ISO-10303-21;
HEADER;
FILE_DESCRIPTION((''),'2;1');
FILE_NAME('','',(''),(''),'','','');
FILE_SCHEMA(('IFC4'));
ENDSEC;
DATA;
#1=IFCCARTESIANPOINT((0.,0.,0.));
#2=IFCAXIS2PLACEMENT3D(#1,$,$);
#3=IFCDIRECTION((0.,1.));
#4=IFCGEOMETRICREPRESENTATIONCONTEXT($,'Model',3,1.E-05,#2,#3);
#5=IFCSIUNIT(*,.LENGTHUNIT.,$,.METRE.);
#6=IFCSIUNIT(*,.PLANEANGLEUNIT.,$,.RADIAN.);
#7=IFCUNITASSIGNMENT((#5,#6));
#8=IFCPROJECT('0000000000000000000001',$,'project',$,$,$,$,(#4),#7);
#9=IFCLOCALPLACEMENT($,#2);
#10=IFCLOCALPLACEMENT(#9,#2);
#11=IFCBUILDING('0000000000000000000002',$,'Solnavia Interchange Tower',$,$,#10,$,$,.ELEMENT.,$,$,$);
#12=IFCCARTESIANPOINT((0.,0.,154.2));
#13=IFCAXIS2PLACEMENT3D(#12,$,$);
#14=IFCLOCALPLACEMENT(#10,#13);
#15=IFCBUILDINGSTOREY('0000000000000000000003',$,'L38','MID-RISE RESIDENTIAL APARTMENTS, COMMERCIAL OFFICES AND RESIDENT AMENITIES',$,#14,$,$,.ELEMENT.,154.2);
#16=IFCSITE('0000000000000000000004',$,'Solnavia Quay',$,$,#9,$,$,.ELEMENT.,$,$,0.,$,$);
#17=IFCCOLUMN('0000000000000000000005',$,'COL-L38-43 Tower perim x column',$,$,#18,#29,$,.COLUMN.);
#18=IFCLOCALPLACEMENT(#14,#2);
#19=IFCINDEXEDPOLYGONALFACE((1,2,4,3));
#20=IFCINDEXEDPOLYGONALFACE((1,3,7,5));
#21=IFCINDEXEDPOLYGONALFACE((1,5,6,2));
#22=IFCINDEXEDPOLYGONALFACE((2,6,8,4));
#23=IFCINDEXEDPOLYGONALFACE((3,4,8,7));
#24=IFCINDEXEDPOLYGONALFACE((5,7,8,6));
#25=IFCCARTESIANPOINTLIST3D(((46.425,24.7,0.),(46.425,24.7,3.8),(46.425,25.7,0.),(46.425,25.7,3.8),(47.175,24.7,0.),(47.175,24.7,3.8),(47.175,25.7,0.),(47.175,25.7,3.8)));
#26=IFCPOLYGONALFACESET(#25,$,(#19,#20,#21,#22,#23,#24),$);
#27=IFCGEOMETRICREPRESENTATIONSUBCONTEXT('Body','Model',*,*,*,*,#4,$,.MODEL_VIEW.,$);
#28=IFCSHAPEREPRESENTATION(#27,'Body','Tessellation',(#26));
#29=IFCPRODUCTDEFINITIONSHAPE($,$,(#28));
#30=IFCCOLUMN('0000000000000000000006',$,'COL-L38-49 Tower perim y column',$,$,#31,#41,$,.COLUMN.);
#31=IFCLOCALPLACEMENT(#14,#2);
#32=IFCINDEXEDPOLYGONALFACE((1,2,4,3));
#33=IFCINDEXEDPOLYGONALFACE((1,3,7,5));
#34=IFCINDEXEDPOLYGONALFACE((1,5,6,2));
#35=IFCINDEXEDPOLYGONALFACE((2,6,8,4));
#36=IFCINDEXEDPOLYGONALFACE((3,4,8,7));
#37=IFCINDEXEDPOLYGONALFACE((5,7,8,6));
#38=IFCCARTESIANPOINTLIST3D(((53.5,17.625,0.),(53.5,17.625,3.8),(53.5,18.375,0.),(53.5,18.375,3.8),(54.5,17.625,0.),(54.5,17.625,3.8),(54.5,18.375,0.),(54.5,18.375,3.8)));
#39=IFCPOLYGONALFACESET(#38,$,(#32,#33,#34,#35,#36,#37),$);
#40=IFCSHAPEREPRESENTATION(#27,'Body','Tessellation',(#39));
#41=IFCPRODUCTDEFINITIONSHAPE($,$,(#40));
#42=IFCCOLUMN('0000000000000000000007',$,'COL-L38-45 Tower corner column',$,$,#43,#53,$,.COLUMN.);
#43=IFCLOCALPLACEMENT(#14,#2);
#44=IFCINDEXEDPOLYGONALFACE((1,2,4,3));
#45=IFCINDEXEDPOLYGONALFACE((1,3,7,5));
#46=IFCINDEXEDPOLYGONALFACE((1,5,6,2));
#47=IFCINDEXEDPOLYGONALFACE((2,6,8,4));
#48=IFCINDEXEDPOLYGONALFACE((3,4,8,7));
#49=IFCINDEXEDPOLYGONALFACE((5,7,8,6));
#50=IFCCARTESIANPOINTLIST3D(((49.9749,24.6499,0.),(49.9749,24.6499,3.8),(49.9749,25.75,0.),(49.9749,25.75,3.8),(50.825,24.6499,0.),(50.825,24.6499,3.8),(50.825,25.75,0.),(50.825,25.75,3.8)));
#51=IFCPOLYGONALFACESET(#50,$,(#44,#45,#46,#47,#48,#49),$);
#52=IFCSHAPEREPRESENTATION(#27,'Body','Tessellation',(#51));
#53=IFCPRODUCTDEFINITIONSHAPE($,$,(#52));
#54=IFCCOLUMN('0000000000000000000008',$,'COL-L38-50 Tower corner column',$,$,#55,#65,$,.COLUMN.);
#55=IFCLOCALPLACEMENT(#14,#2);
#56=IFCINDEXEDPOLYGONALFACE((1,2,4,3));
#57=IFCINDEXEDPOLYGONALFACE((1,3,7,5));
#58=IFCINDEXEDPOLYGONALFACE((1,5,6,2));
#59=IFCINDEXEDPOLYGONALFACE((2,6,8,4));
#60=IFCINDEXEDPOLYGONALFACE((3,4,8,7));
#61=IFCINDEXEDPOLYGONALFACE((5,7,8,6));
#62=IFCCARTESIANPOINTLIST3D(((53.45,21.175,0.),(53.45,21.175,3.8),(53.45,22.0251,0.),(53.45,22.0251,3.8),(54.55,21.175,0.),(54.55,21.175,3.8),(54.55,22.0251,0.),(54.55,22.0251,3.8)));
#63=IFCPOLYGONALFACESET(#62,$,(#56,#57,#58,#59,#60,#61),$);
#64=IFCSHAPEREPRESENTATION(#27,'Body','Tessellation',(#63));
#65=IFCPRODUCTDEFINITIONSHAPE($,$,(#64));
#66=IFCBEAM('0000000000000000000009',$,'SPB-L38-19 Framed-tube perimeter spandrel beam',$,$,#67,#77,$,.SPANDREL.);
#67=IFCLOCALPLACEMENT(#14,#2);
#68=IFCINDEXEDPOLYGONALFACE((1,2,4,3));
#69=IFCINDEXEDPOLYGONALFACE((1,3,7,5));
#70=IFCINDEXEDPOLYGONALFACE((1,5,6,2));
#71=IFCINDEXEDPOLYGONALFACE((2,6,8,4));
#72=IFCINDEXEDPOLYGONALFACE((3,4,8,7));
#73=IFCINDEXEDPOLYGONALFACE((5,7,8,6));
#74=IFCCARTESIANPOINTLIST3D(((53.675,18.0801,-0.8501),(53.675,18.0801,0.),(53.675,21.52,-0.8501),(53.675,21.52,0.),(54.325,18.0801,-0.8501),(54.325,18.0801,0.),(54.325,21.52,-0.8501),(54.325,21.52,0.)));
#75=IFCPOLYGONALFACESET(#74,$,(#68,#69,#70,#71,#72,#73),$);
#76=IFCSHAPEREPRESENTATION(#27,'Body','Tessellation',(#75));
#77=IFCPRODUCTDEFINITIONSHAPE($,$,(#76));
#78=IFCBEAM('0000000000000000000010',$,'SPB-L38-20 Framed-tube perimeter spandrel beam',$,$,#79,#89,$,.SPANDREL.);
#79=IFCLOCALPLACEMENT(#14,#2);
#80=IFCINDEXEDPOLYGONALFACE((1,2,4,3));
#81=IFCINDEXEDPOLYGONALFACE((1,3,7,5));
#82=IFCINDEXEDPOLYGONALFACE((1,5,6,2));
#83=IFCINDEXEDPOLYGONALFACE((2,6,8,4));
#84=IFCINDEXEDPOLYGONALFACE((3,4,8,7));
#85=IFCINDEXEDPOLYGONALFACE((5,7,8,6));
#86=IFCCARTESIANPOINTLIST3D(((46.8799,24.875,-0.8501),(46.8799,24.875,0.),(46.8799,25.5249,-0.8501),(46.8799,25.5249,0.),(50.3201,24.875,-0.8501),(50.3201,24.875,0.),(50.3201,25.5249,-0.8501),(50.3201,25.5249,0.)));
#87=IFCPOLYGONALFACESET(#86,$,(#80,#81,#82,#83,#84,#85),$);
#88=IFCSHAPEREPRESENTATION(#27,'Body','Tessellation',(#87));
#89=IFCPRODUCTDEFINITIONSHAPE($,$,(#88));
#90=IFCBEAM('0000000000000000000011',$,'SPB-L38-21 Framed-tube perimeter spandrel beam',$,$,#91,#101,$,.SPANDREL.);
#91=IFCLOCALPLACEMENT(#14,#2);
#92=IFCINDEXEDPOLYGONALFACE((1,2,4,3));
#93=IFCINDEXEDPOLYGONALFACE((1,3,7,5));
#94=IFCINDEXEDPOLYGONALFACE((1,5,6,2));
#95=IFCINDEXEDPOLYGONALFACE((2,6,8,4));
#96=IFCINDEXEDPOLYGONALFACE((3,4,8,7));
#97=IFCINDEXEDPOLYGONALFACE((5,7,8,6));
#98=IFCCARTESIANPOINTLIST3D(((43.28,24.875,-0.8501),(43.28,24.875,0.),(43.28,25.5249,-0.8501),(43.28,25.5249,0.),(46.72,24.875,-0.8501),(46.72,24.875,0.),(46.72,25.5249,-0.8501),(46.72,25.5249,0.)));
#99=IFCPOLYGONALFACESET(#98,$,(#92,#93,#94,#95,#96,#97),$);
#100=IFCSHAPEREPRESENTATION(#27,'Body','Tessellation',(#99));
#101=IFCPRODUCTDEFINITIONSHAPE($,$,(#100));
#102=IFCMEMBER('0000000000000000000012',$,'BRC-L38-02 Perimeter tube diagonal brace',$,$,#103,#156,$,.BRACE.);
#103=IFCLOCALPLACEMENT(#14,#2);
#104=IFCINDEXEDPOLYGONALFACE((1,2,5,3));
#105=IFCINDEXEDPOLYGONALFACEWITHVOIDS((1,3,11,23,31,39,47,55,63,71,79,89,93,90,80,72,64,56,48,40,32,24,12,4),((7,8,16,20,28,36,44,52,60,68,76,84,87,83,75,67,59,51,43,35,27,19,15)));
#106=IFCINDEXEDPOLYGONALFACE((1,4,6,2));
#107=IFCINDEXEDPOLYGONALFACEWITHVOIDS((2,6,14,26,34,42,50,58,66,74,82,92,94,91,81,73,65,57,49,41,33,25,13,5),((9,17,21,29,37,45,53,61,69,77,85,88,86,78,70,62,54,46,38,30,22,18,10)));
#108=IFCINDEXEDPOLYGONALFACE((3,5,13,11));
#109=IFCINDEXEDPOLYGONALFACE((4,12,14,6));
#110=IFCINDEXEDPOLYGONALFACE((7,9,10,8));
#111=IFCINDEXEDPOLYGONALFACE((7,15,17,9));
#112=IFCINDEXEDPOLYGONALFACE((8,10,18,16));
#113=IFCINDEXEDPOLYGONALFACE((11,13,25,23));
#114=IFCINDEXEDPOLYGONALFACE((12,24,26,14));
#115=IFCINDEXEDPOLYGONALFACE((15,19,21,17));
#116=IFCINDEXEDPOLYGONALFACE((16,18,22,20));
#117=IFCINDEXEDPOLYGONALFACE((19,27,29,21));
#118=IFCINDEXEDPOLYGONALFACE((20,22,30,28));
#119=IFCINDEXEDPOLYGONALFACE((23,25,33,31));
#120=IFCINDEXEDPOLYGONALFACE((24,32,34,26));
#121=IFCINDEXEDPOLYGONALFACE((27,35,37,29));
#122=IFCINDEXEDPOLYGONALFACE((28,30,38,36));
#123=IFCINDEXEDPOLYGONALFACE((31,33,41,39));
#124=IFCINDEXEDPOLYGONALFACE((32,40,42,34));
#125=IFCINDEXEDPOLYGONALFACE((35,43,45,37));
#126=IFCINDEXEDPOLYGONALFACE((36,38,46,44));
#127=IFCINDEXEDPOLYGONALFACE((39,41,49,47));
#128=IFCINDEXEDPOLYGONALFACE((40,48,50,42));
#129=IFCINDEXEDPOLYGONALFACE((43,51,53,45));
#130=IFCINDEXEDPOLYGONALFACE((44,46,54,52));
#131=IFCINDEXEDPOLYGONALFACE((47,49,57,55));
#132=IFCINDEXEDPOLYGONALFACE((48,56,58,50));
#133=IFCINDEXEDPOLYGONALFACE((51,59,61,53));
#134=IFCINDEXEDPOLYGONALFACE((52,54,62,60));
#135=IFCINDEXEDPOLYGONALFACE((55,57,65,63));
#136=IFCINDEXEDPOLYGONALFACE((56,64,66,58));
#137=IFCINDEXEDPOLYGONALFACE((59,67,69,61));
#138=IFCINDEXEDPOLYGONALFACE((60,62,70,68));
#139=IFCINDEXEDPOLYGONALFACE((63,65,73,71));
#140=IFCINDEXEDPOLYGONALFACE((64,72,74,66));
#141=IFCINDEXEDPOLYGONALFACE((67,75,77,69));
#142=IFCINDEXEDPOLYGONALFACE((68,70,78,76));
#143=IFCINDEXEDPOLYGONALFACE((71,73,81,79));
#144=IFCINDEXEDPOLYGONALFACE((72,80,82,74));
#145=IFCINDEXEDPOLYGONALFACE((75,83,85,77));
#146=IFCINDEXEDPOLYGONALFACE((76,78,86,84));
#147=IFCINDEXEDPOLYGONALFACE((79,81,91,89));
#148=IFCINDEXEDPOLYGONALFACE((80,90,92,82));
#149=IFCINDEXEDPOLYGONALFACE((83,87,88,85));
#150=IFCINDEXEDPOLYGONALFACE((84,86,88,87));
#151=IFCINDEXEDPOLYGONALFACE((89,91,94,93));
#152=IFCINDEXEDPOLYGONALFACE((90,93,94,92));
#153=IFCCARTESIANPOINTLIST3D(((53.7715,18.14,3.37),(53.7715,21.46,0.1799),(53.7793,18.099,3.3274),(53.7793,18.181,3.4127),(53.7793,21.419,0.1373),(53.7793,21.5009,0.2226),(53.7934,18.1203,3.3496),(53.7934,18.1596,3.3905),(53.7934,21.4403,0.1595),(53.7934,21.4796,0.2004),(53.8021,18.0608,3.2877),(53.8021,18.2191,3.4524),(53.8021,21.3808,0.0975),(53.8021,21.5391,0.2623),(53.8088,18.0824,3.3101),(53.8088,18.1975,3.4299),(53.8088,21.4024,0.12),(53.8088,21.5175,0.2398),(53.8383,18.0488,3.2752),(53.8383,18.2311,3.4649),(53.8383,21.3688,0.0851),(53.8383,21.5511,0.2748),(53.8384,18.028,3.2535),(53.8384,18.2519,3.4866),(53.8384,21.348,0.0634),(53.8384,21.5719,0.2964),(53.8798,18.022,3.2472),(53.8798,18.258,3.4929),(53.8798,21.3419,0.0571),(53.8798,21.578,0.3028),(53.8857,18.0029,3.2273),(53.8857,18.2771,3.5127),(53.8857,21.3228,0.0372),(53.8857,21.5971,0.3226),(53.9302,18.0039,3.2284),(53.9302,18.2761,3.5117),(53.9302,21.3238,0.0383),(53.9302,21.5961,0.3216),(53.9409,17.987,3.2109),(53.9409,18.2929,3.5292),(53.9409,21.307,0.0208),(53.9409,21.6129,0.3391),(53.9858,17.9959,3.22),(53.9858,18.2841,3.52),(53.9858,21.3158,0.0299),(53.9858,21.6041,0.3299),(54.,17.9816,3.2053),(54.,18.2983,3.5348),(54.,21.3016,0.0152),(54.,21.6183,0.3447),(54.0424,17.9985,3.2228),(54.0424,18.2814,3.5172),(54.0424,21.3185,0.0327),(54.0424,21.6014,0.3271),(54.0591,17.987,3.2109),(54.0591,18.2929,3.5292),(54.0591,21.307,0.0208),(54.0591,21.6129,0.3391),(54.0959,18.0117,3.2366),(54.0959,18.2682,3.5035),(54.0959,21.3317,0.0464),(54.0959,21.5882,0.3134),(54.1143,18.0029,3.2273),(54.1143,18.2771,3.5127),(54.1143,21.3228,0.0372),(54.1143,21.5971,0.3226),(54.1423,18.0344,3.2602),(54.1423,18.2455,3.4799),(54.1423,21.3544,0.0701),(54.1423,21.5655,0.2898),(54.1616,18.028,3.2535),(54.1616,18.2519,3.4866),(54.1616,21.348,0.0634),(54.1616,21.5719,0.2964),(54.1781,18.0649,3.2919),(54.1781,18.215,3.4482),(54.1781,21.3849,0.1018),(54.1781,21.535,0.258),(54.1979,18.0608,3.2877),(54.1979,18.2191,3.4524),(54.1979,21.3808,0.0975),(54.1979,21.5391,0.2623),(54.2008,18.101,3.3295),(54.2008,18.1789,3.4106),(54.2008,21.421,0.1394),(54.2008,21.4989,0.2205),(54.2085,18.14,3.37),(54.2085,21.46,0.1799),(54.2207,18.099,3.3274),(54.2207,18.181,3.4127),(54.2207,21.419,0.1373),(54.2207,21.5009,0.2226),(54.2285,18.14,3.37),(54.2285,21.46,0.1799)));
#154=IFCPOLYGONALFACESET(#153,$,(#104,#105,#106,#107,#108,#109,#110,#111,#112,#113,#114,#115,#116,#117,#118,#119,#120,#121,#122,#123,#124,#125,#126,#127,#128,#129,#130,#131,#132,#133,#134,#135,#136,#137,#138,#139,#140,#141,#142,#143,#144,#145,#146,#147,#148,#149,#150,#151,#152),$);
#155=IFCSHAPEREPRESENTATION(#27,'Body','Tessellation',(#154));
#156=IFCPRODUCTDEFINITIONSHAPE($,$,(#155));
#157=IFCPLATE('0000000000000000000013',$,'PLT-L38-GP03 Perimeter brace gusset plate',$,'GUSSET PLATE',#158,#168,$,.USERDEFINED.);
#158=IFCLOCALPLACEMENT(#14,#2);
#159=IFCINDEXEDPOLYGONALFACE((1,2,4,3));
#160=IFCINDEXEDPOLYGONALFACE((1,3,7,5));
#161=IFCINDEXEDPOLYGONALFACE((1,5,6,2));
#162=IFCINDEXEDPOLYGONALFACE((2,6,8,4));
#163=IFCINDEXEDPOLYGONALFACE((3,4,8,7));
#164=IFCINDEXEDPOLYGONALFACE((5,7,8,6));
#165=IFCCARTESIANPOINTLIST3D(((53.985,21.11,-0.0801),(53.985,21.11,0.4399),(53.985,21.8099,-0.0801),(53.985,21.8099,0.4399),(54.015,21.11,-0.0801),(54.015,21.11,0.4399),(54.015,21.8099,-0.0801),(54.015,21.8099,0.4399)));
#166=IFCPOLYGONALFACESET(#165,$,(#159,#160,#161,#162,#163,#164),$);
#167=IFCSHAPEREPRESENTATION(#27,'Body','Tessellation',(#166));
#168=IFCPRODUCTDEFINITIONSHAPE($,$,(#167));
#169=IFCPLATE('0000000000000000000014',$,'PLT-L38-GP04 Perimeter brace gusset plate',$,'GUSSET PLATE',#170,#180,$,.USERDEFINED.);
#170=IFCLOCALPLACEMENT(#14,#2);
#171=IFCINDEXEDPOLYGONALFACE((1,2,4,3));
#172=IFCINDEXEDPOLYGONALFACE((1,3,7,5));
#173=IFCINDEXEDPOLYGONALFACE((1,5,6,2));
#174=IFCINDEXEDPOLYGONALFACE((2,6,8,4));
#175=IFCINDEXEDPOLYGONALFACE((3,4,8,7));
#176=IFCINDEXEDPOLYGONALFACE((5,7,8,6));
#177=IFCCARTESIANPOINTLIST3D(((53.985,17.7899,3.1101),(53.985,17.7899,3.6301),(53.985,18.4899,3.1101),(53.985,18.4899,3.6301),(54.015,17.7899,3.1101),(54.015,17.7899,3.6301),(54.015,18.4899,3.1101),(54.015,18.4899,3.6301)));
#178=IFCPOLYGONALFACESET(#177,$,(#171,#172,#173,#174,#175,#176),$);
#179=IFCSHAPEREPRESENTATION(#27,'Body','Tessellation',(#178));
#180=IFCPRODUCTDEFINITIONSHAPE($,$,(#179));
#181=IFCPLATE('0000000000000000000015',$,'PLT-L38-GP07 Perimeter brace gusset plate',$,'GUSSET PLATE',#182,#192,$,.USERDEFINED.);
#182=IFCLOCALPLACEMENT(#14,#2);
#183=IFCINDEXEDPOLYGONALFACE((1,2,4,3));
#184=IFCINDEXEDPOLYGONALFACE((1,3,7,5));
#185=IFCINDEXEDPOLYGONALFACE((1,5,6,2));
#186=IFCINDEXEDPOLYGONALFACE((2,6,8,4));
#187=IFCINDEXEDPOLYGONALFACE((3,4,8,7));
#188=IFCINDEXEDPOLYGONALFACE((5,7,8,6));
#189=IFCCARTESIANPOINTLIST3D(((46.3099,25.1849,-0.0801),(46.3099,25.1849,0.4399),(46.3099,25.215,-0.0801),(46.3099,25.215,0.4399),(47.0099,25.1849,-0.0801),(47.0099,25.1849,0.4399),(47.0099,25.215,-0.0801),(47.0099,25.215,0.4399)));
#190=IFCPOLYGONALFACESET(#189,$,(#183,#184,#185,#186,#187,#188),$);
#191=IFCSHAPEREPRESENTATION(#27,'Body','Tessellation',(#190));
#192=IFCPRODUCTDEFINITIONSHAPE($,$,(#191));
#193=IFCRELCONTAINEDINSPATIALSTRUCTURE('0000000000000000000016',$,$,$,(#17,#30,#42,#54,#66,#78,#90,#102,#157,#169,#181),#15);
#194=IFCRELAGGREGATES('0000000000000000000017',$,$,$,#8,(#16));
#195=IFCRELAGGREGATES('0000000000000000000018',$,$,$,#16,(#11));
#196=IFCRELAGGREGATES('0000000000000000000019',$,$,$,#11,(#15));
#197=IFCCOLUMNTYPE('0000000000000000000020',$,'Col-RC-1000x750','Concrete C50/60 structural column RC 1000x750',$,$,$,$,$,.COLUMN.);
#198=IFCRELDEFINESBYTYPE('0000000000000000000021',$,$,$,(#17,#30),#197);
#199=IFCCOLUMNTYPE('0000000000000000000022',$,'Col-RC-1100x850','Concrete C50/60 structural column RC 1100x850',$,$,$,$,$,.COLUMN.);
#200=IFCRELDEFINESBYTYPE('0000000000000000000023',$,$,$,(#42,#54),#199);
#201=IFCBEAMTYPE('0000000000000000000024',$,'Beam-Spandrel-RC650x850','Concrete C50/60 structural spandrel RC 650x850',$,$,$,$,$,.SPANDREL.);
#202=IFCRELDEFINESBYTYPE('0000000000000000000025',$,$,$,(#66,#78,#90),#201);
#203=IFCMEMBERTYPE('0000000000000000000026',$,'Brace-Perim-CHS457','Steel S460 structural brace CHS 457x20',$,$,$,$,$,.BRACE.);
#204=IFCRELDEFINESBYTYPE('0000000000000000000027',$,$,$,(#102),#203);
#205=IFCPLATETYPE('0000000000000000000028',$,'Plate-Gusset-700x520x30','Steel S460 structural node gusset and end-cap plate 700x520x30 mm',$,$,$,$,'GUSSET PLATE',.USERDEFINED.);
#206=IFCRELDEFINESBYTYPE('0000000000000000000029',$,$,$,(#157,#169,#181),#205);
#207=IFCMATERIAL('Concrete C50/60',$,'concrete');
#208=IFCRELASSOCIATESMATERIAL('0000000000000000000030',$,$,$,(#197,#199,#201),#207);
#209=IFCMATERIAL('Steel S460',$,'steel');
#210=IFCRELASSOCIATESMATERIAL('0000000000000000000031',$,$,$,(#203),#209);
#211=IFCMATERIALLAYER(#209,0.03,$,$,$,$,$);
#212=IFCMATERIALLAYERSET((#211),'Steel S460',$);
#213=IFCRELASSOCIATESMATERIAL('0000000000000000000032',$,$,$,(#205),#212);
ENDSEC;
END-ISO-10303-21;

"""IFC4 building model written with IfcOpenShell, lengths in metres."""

from ifc_helpers import new_model, si_unit, direction, frame, origin, origin_2d, place, context, subcontext, project, spatial, rectangle, hollow_circle, extrude, material, layer, layer_set, material_profile, profile_set, type_object, element, save


model = new_model("IFC4")

# Units and contexts
model_context = context("Model", 3, precision=1e-05, world=origin(), true_north=direction((0.0, 1.0)))
body_context = subcontext(model_context, "Body", "Model", "MODEL_VIEW")
ifc_project = project(units=[si_unit("LENGTHUNIT", "METRE"), si_unit("PLANEANGLEUNIT", "RADIAN")], contexts=[model_context])

# Site, building, storey
site_placement = place(None, origin())
site = spatial("IfcSite", under=ifc_project, at=site_placement, Name="Solnavia Quay", CompositionType="ELEMENT", RefElevation=0.0)
building_placement = place(site_placement, origin())
building = spatial("IfcBuilding", under=site, at=building_placement, Name="Solnavia Interchange Tower", CompositionType="ELEMENT")
storey_placement = place(building_placement, frame((0.0, 0.0, 154.2)))
storey = spatial("IfcBuildingStorey", under=building, at=storey_placement, Name="L38", Description="MID-RISE RESIDENTIAL APARTMENTS, COMMERCIAL OFFICES AND RESIDENT AMENITIES", CompositionType="ELEMENT", Elevation=154.2)

# Columns
ifc_material_1 = material(Name="Concrete C50/60", Category="concrete")
ifc_material_profile_1 = material_profile(ifc_material_1, rectangle(XDim=0.75, YDim=1.0, at=origin_2d()), Name="RC 1000x750")
ifc_profile_set_1 = profile_set([ifc_material_profile_1], Name="Concrete C50/60")
column_type_1 = type_object("IfcColumnType", Name="Col-RC-1000x750", Description="Concrete C50/60 structural column RC 1000x750", PredefinedType="COLUMN", material=ifc_profile_set_1)
for number, where, z_axis, x_axis, name in (
    (1, (46.8, 25.2, 0.0), (0.0, 0.0, 1.0), (1.0, 0.0, 0.0), "COL-L38-43 Tower perim x column"),
    (2, (54.0, 18.0, 0.0), (0.0, 0.0, 1.0), (0.0, 1.0, 0.0), "COL-L38-49 Tower perim y column"),
):
    element("IfcColumn", number, at=place(storey_placement, frame(where, z_axis=z_axis, x_axis=x_axis)), inside=storey, type_object=column_type_1, Name=name, PredefinedType="COLUMN", context=body_context, shape_type="SweptSolid", body=[
        extrude(rectangle(XDim=0.75, YDim=1.0, at=origin_2d()), origin(), (0.0, 0.0, 1.0), 3.8),
    ])
ifc_material_profile_2 = material_profile(ifc_material_1, rectangle(XDim=0.8501, YDim=1.1001, at=origin_2d()), Name="RC 1100x850")
ifc_profile_set_2 = profile_set([ifc_material_profile_2], Name="Concrete C50/60")
column_type_2 = type_object("IfcColumnType", Name="Col-RC-1100x850", Description="Concrete C50/60 structural column RC 1100x850", PredefinedType="COLUMN", material=ifc_profile_set_2)
for number, where, z_axis, x_axis, name in (
    (3, (50.3999, 25.2, 0.0), (0.0, 0.0, 1.0), (1.0, 0.0, 0.0), "COL-L38-45 Tower corner column"),
    (4, (54.0, 21.6001, 0.0), (0.0, 0.0, 1.0), (0.0, 1.0, 0.0), "COL-L38-50 Tower corner column"),
):
    element("IfcColumn", number, at=place(storey_placement, frame(where, z_axis=z_axis, x_axis=x_axis)), inside=storey, type_object=column_type_2, Name=name, PredefinedType="COLUMN", context=body_context, shape_type="SweptSolid", body=[
        extrude(rectangle(XDim=0.8501, YDim=1.1001, at=origin_2d()), origin(), (0.0, 0.0, 1.0), 3.8),
    ])

# Beams
ifc_material_profile_3 = material_profile(ifc_material_1, rectangle(XDim=0.6499, YDim=0.8501, at=origin_2d()), Name="RC 650x850")
ifc_profile_set_3 = profile_set([ifc_material_profile_3], Name="Concrete C50/60")
beam_type = type_object("IfcBeamType", Name="Beam-Spandrel-RC650x850", Description="Concrete C50/60 structural spandrel RC 650x850", PredefinedType="SPANDREL", material=ifc_profile_set_3)
beam_1_placement = place(storey_placement, frame((54.0, 18.0801, -0.425), z_axis=(0.0, 1.0, 0.0), x_axis=(-1.0, 0.0, 0.0)))
element("IfcBeam", 5, at=beam_1_placement, inside=storey, type_object=beam_type, Name="SPB-L38-19 Framed-tube perimeter spandrel beam", PredefinedType="SPANDREL", context=body_context, shape_type="SweptSolid", body=[
    extrude(rectangle(XDim=0.6499, YDim=0.8501, at=origin_2d()), origin(), (0.0, 0.0, 1.0), 3.4399),
])
beam_2_placement = place(storey_placement, frame((50.3201, 25.2, -0.425), z_axis=(-1.0, 0.0, 0.0), x_axis=(0.0, -1.0, 0.0)))
element("IfcBeam", 6, at=beam_2_placement, inside=storey, type_object=beam_type, Name="SPB-L38-20 Framed-tube perimeter spandrel beam", PredefinedType="SPANDREL", context=body_context, shape_type="SweptSolid", body=[
    extrude(rectangle(XDim=0.6499, YDim=0.8501, at=origin_2d()), origin(), (0.0, 0.0, 1.0), 3.4402),
])
beam_3_placement = place(storey_placement, frame((46.72, 25.2, -0.425), z_axis=(-1.0, 0.0, 0.0), x_axis=(0.0, -1.0, 0.0)))
element("IfcBeam", 7, at=beam_3_placement, inside=storey, type_object=beam_type, Name="SPB-L38-21 Framed-tube perimeter spandrel beam", PredefinedType="SPANDREL", context=body_context, shape_type="SweptSolid", body=[
    extrude(rectangle(XDim=0.6499, YDim=0.8501, at=origin_2d()), origin(), (0.0, 0.0, 1.0), 3.4399),
])

# Member
ifc_material_2 = material(Name="Steel S460", Category="steel")
ifc_material_profile_4 = material_profile(ifc_material_2, hollow_circle(Radius=0.2285, WallThickness=0.02, at=origin_2d()), Name="CHS 457x20")
ifc_profile_set_4 = profile_set([ifc_material_profile_4], Name="Steel S460")
member_type = type_object("IfcMemberType", Name="Brace-Perim-CHS457", Description="Steel S460 structural brace CHS 457x20", PredefinedType="BRACE", material=ifc_profile_set_4)
member_placement = place(storey_placement, frame((54.0, 21.46, 0.1799), z_axis=(0.0, -0.72107, 0.692862), x_axis=(1.0, 0.0, 0.0)))
element("IfcMember", 8, at=member_placement, inside=storey, type_object=member_type, Name="BRC-L38-02 Perimeter tube diagonal brace", PredefinedType="BRACE", context=body_context, shape_type="SweptSolid", body=[
    extrude(hollow_circle(Radius=0.2285, WallThickness=0.02, at=origin_2d()), origin(), (0.0, 0.0, 1.0), 4.6042),
])

# Plates
ifc_layer_1 = layer(ifc_material_2, 0.03)
ifc_layer_set_1 = layer_set([ifc_layer_1], Name="Steel S460")
plate_type = type_object("IfcPlateType", Name="Plate-Gusset-700x520x30", Description="Steel S460 structural node gusset and end-cap plate 700x520x30 mm", ElementType="GUSSET PLATE", PredefinedType="USERDEFINED", material=ifc_layer_set_1)
for number, where, z_axis, x_axis, name in (
    (9, (54.0, 21.46, -0.0801), (0.0, 0.0, 1.0), (0.0, -1.0, 0.0), "PLT-L38-GP03 Perimeter brace gusset plate"),
    (10, (54.0, 18.1399, 3.1101), (0.0, 0.0, 1.0), (0.0, -1.0, 0.0), "PLT-L38-GP04 Perimeter brace gusset plate"),
    (11, (46.6599, 25.2, -0.0801), (0.0, 0.0, 1.0), (-1.0, 0.0, 0.0), "PLT-L38-GP07 Perimeter brace gusset plate"),
):
    element("IfcPlate", number, at=place(storey_placement, frame(where, z_axis=z_axis, x_axis=x_axis)), inside=storey, type_object=plate_type, Name=name, ObjectType="GUSSET PLATE", PredefinedType="USERDEFINED", context=body_context, shape_type="SweptSolid", body=[
        extrude(rectangle(XDim=0.7, YDim=0.03, at=origin_2d()), origin(), (0.0, 0.0, 1.0), 0.52),
    ])

save(model, "model.ifc")
